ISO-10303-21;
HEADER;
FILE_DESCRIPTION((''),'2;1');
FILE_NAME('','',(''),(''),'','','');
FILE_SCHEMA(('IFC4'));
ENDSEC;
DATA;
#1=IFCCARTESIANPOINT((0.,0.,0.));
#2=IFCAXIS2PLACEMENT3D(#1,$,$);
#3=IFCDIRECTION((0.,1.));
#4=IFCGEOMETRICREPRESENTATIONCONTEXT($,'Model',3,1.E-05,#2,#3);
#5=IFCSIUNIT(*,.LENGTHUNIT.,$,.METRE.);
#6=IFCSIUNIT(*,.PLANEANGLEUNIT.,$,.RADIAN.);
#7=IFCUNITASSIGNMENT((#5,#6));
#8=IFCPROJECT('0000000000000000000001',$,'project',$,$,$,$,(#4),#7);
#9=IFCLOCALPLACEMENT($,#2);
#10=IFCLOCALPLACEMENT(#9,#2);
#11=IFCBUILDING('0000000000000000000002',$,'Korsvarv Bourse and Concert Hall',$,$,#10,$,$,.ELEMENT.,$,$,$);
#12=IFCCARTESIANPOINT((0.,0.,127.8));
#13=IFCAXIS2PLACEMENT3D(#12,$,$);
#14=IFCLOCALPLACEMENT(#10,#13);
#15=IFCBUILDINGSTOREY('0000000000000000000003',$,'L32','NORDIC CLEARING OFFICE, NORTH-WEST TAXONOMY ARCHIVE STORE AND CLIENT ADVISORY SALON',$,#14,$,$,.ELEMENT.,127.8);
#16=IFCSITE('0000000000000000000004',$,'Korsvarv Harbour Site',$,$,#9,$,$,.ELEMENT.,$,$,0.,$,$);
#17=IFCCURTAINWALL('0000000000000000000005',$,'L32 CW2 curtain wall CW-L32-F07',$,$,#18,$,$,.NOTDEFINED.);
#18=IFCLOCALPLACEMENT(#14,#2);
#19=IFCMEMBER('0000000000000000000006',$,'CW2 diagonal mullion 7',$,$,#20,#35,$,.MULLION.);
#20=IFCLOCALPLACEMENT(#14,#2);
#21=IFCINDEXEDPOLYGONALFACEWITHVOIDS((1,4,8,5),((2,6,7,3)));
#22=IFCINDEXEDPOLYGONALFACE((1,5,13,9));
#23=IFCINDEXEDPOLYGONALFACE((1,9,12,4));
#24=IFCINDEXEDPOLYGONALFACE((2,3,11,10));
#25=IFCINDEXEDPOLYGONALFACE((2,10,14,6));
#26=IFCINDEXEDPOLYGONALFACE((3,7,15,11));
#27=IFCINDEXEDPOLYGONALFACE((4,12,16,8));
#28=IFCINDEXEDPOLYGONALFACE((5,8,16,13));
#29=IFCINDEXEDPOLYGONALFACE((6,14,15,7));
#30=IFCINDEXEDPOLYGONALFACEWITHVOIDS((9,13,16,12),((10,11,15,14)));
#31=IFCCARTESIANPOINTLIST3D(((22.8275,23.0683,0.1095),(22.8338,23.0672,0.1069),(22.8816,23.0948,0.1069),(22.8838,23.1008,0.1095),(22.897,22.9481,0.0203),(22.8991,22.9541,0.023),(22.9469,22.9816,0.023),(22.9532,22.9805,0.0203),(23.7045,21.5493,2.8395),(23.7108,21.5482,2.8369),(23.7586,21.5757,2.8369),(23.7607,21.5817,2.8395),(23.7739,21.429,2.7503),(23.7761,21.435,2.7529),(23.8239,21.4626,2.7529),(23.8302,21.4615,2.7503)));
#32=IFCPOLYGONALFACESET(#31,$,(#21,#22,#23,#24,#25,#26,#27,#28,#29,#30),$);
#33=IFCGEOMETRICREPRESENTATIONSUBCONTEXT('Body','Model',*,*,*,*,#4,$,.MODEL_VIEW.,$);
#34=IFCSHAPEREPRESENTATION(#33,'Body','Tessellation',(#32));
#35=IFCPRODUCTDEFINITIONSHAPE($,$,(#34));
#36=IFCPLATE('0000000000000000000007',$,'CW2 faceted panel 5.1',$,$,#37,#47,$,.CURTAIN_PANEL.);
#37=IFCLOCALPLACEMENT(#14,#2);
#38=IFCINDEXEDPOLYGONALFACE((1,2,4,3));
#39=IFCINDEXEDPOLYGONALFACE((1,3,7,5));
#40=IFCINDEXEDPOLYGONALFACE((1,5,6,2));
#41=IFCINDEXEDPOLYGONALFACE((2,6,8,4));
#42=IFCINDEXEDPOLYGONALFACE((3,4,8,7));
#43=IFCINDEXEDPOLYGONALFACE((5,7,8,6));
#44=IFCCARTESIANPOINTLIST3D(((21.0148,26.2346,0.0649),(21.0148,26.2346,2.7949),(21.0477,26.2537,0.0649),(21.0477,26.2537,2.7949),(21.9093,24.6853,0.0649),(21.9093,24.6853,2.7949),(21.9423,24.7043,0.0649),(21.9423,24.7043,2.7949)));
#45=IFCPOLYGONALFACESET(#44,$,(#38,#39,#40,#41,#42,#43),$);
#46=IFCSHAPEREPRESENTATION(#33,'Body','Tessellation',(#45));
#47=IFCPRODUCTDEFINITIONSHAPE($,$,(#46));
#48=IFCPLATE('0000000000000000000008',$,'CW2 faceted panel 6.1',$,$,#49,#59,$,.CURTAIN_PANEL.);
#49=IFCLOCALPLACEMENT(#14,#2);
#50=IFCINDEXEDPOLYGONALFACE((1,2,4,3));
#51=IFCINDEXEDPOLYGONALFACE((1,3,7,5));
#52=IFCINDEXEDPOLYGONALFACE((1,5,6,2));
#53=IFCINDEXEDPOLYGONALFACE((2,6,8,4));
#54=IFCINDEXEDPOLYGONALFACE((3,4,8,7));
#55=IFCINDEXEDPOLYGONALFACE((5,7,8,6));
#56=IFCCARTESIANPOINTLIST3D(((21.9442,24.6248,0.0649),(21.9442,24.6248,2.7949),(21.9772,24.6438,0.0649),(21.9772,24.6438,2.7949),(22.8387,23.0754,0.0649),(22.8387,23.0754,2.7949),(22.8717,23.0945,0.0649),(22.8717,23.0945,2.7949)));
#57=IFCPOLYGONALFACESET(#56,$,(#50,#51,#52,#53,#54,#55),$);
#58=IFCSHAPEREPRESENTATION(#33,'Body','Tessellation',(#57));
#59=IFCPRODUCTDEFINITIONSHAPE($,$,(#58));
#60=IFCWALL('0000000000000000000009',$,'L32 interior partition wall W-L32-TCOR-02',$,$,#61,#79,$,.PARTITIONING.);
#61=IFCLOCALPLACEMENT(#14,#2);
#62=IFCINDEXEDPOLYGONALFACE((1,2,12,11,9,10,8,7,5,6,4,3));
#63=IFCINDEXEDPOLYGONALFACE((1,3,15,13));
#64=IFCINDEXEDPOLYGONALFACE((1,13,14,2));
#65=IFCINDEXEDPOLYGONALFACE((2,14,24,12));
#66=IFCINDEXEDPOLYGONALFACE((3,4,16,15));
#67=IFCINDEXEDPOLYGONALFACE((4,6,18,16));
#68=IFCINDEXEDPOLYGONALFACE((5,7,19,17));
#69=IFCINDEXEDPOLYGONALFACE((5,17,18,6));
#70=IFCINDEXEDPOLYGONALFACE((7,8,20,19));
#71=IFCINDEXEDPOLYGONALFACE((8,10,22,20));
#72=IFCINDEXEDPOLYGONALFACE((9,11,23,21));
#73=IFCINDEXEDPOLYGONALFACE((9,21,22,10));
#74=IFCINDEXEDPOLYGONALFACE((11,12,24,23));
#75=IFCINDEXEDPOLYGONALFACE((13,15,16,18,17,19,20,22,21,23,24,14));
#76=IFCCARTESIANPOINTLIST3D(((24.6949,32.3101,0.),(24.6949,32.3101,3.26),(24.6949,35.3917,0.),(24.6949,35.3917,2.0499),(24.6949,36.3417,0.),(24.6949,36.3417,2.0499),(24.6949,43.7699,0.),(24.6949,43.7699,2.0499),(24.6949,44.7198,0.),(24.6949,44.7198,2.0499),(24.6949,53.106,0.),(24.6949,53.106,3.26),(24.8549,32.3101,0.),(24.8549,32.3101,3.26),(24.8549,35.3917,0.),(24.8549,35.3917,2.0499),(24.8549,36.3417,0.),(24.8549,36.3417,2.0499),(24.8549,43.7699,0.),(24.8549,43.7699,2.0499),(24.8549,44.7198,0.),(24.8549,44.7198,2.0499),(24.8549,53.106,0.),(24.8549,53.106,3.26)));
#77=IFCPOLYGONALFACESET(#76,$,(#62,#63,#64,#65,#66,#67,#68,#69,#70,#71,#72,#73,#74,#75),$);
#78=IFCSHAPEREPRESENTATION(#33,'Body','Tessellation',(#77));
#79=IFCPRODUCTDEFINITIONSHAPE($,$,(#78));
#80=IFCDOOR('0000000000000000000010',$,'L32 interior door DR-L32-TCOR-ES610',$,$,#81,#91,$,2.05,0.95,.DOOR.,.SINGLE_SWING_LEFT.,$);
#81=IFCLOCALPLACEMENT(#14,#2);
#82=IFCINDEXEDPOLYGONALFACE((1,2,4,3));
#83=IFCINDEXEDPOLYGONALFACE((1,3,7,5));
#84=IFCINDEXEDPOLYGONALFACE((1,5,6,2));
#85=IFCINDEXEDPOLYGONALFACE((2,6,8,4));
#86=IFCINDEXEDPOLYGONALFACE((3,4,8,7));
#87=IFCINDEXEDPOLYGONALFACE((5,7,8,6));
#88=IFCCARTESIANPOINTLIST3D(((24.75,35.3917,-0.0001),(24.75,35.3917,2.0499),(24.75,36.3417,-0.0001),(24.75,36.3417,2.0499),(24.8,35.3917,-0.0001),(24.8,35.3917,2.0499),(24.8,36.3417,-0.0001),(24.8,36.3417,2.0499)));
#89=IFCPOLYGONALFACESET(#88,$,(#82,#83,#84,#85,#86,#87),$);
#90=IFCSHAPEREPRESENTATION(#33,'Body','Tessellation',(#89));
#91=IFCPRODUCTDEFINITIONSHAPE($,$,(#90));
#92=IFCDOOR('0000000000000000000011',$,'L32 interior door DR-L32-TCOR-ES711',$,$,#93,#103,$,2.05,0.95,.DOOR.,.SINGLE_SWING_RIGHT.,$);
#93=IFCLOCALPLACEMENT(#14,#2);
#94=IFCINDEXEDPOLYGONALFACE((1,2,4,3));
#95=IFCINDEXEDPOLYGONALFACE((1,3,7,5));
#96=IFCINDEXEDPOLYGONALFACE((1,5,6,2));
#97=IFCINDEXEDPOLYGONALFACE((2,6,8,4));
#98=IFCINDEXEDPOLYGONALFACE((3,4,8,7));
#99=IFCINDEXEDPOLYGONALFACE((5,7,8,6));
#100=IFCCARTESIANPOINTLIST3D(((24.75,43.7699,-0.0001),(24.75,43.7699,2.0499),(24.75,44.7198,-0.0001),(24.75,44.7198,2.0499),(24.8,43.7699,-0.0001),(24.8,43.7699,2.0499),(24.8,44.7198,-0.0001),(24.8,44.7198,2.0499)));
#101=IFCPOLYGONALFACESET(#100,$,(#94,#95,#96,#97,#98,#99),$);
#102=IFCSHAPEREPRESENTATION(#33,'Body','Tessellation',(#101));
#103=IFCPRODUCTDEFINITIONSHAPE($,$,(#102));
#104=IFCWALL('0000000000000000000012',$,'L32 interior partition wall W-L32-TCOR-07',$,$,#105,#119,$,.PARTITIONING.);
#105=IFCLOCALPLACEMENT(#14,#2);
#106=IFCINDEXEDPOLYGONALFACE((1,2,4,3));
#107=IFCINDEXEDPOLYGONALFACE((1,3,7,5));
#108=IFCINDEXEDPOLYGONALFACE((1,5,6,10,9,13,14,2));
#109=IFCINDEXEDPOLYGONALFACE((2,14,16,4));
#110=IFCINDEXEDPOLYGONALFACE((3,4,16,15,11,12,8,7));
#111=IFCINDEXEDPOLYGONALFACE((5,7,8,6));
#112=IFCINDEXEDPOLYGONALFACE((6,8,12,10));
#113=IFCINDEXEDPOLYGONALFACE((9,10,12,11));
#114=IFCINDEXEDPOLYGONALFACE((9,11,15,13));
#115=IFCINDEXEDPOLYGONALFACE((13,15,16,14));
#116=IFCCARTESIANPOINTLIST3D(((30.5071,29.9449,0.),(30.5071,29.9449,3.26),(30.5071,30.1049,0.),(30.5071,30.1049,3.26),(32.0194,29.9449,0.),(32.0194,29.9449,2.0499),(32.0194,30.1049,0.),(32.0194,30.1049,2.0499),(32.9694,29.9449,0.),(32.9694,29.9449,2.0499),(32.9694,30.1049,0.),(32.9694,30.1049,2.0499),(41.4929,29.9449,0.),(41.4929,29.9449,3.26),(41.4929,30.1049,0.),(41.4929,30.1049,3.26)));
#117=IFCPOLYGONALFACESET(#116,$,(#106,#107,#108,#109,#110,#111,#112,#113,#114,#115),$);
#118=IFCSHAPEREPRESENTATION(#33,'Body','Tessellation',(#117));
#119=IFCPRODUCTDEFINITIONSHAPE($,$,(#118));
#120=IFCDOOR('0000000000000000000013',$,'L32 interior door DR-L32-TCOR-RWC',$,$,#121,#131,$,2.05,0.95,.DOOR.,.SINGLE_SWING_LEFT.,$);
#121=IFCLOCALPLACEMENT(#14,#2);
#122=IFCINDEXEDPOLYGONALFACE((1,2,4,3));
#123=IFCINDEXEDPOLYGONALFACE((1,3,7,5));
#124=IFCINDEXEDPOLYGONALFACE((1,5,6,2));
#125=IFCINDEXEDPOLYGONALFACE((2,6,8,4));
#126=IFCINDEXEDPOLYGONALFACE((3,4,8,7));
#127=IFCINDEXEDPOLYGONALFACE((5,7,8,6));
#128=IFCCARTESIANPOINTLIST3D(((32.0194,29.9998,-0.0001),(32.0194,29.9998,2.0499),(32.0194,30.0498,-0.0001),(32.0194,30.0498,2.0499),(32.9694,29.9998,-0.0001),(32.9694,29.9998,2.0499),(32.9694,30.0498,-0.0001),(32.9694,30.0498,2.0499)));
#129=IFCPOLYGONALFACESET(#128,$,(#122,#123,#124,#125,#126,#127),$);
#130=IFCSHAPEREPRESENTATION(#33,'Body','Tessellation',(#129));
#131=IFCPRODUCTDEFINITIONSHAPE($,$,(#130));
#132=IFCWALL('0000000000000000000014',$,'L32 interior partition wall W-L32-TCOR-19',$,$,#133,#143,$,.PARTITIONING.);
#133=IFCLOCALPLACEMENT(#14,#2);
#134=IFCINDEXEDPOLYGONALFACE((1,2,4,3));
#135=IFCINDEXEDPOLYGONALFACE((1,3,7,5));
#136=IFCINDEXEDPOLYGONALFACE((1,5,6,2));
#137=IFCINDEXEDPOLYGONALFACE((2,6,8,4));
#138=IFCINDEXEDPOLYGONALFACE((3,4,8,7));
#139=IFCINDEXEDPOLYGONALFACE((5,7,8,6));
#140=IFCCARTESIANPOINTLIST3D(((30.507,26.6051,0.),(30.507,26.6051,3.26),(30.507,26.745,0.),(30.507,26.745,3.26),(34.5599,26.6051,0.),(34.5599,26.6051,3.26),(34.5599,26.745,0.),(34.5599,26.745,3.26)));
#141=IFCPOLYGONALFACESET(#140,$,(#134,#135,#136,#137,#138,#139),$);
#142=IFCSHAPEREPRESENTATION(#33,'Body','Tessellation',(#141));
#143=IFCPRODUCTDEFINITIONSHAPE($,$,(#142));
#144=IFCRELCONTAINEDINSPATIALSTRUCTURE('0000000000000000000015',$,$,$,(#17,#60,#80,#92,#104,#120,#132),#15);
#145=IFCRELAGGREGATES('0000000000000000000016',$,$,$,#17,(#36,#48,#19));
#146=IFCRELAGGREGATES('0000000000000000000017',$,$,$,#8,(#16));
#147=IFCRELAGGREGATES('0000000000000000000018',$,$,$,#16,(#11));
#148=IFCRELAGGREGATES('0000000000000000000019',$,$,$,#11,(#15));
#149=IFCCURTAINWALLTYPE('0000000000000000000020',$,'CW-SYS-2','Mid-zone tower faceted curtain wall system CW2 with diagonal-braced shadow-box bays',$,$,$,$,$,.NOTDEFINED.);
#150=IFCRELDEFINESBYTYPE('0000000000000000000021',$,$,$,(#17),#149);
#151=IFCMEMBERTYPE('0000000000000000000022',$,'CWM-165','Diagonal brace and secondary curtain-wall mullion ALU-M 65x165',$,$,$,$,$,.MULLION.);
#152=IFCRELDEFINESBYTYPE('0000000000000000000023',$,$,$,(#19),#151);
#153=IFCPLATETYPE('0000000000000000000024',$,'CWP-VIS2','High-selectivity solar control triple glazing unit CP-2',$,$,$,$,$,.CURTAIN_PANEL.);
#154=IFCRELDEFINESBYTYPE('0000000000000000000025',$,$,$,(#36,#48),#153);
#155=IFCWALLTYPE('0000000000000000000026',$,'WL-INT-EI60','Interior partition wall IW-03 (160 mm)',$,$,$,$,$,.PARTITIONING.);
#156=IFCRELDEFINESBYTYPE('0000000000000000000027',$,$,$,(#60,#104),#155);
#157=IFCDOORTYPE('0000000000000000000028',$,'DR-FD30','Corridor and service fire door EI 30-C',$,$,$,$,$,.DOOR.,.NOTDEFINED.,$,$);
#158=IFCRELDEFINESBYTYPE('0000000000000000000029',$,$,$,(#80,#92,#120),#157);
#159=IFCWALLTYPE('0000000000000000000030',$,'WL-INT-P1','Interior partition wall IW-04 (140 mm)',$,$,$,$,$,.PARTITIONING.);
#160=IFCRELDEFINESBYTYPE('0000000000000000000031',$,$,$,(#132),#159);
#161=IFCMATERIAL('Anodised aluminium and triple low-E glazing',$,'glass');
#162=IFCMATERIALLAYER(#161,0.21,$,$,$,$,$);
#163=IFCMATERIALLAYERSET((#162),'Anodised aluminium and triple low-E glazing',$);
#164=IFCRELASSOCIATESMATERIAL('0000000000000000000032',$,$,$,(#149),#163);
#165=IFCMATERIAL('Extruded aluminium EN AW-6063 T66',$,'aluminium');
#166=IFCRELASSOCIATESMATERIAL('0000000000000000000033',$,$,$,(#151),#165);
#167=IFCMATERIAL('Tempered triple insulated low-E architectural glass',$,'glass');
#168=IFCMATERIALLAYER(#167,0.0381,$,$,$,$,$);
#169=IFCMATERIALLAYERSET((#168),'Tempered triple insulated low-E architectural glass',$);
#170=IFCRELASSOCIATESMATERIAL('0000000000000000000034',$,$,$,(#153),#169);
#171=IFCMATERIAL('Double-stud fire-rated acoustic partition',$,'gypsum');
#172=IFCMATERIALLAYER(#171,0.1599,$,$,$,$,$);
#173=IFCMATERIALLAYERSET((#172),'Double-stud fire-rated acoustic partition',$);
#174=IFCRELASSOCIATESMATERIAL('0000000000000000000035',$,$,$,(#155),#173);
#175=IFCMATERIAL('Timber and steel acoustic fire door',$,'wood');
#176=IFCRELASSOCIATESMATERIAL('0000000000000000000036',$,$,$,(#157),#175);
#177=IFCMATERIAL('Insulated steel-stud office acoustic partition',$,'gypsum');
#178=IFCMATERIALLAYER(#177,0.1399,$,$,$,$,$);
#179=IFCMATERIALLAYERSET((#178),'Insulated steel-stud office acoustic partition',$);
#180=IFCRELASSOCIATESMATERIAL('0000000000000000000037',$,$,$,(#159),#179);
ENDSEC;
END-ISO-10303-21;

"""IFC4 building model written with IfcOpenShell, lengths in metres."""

from ifc_helpers import new_model, si_unit, direction, frame, frame_2d, origin, origin_2d, place, context, subcontext, project, spatial, rectangle, hollow_rectangle, extrude, source, transform, mapped, material, layer, layer_set, material_profile, profile_set, type_object, element, fill, aggregate, save


model = new_model("IFC4")

# Units and contexts
model_context = context("Model", 3, precision=1e-05, world=origin(), true_north=direction((0.0, 1.0)))
body_context = subcontext(model_context, "Body", "Model", "MODEL_VIEW")
ifc_project = project(units=[si_unit("LENGTHUNIT", "METRE"), si_unit("PLANEANGLEUNIT", "RADIAN")], contexts=[model_context])

# Site, building, storey
site_placement = place(None, origin())
site = spatial("IfcSite", under=ifc_project, at=site_placement, Name="Korsvarv Harbour Site", CompositionType="ELEMENT", RefElevation=0.0)
building_placement = place(site_placement, origin())
building = spatial("IfcBuilding", under=site, at=building_placement, Name="Korsvarv Bourse and Concert Hall", CompositionType="ELEMENT")
storey_placement = place(building_placement, frame((0.0, 0.0, 127.8)))
storey = spatial("IfcBuildingStorey", under=building, at=storey_placement, Name="L32", Description="NORDIC CLEARING OFFICE, NORTH-WEST TAXONOMY ARCHIVE STORE AND CLIENT ADVISORY SALON", CompositionType="ELEMENT", Elevation=127.8)

# Curtain wall, member, plates
ifc_material_1 = material(Name="Anodised aluminium and triple low-E glazing", Category="glass")
ifc_layer_1 = layer(ifc_material_1, 0.21)
ifc_layer_set_1 = layer_set([ifc_layer_1], Name="Anodised aluminium and triple low-E glazing")
curtain_wall_type = type_object("IfcCurtainWallType", Name="CW-SYS-2", Description="Mid-zone tower faceted curtain wall system CW2 with diagonal-braced shadow-box bays", PredefinedType="NOTDEFINED", material=ifc_layer_set_1)
curtain_wall_placement = place(storey_placement, origin())
curtain_wall = element("IfcCurtainWall", 1, at=curtain_wall_placement, inside=storey, type_object=curtain_wall_type, Name="L32 CW2 curtain wall CW-L32-F07", PredefinedType="NOTDEFINED")
ifc_material_2 = material(Name="Extruded aluminium EN AW-6063 T66", Category="aluminium")
ifc_material_profile_1 = material_profile(ifc_material_2, hollow_rectangle(XDim=0.0649, YDim=0.165, WallThickness=0.0049, at=origin_2d()), Name="ALU-M 65x165")
ifc_profile_set_1 = profile_set([ifc_material_profile_1], Name="Extruded aluminium EN AW-6063 T66")
member_type_1 = type_object("IfcMemberType", Name="CWM-165", Description="Diagonal brace and secondary curtain-wall mullion ALU-M 65x165", PredefinedType="MULLION", material=ifc_profile_set_1)
shared_shape_1 = source(origin(), body_context, "Body", "SweptSolid", [
    extrude(hollow_rectangle(XDim=0.0649, YDim=0.165, WallThickness=0.0049, at=origin_2d()), origin(), (0.0, 0.0, 1.0), 3.2449),
])
member_1_placement = place(storey_placement, frame((22.8904, 23.0244, 0.0649), z_axis=(0.270256, -0.468133, 0.841316), x_axis=(0.866042, 0.499971, 0.0)))
member_1 = element("IfcMember", 2, at=member_1_placement, type_object=member_type_1, Name="CW2 diagonal mullion 7", PredefinedType="MULLION", context=body_context, shape_type="MappedRepresentation", body=[
    mapped(shared_shape_1, transform((0.0, 0.0, 0.0), scale=1.0)),
])
ifc_material_3 = material(Name="Tempered triple insulated low-E architectural glass", Category="glass")
ifc_layer_2 = layer(ifc_material_3, 0.0381)
ifc_layer_set_2 = layer_set([ifc_layer_2], Name="Tempered triple insulated low-E architectural glass")
plate_type = type_object("IfcPlateType", Name="CWP-VIS2", Description="High-selectivity solar control triple glazing unit CP-2", PredefinedType="CURTAIN_PANEL", material=ifc_layer_set_2)
shared_shape_2 = source(origin(), body_context, "Body", "SweptSolid", [
    extrude(rectangle(XDim=1.7891, YDim=0.0381, at=origin_2d()), origin(), (0.0, 0.0, 1.0), 2.73),
])
plate_1_placement = place(storey_placement, frame((21.4785, 25.4695, 0.0649), z_axis=(0.0, 0.0, 1.0), x_axis=(0.500007, -0.866021, 0.0)))
plate_1 = element("IfcPlate", 3, at=plate_1_placement, type_object=plate_type, Name="CW2 faceted panel 5.1", PredefinedType="CURTAIN_PANEL", context=body_context, shape_type="MappedRepresentation", body=[
    mapped(shared_shape_2, transform((0.0, 0.0, 0.0), scale=1.0)),
])
plate_2_placement = place(storey_placement, frame((22.408, 23.8596, 0.0649), z_axis=(0.0, 0.0, 1.0), x_axis=(0.500007, -0.866021, 0.0)))
plate_2 = element("IfcPlate", 4, at=plate_2_placement, type_object=plate_type, Name="CW2 faceted panel 6.1", PredefinedType="CURTAIN_PANEL", context=body_context, shape_type="MappedRepresentation", body=[
    mapped(shared_shape_2, transform((0.0, 0.0, 0.0), scale=1.0)),
])
aggregate(curtain_wall, [plate_1, plate_2, member_1])

# Wall, openings, doors
ifc_material_4 = material(Name="Double-stud fire-rated acoustic partition", Category="gypsum")
ifc_layer_3 = layer(ifc_material_4, 0.1599)
ifc_layer_set_3 = layer_set([ifc_layer_3], Name="Double-stud fire-rated acoustic partition")
wall_type_1 = type_object("IfcWallType", Name="WL-INT-EI60", Description="Interior partition wall IW-03 (160 mm)", PredefinedType="PARTITIONING", material=ifc_layer_set_3)
wall_1_placement = place(storey_placement, frame((24.7749, 32.3101, 0.0), z_axis=(0.0, 0.0, 1.0), x_axis=(0.0, 1.0, 0.0)))
wall_1 = element("IfcWall", 5, at=wall_1_placement, inside=storey, type_object=wall_type_1, Name="L32 interior partition wall W-L32-TCOR-02", PredefinedType="PARTITIONING", context=body_context, shape_type="SweptSolid", body=[
    extrude(rectangle(XDim=20.7959, YDim=0.1599, at=frame_2d((10.3979, 0.0))), origin(), (0.0, 0.0, 1.0), 3.26),
])
opening_1_placement = place(wall_1_placement, frame((3.0815, 0.0, 0.0)))
opening_1 = element("IfcOpeningElement", 6, at=opening_1_placement, cuts=wall_1, PredefinedType="OPENING", context=body_context, shape_type="SweptSolid", body=[
    extrude(rectangle(XDim=0.95, YDim=2.05, at=frame_2d((0.4751, 1.0249))), frame((0.0, 0.0898, 0.0), z_axis=(0.0, -1.0, 0.0), x_axis=(1.0, 0.0, 0.0)), (0.0, 0.0, 1.0), 0.1799),
])
opening_2_placement = place(wall_1_placement, frame((11.4597, 0.0, 0.0)))
opening_2 = element("IfcOpeningElement", 7, at=opening_2_placement, cuts=wall_1, PredefinedType="OPENING", context=body_context, shape_type="SweptSolid", body=[
    extrude(rectangle(XDim=0.95, YDim=2.05, at=frame_2d((0.4751, 1.0249))), frame((0.0, 0.0898, 0.0), z_axis=(0.0, -1.0, 0.0), x_axis=(1.0, 0.0, 0.0)), (0.0, 0.0, 1.0), 0.1799),
])
ifc_material_5 = material(Name="Timber and steel acoustic fire door", Category="wood")
door_type = type_object("IfcDoorType", Name="DR-FD30", Description="Corridor and service fire door EI 30-C", OperationType="NOTDEFINED", PredefinedType="DOOR", material=ifc_material_5)
door_1_placement = place(opening_1_placement, origin())
door_1 = element("IfcDoor", 8, at=door_1_placement, inside=storey, type_object=door_type, Name="L32 interior door DR-L32-TCOR-ES610", OperationType="SINGLE_SWING_LEFT", OverallHeight=2.05, OverallWidth=0.95, PredefinedType="DOOR", context=body_context, shape_type="SweptSolid", body=[
    extrude(rectangle(XDim=0.95, YDim=2.05, at=frame_2d((0.4751, 1.0249))), frame((0.0, 0.0249, 0.0), z_axis=(0.0, -1.0, 0.0), x_axis=(1.0, 0.0, 0.0)), (0.0, 0.0, 1.0), 0.05),
])
fill(opening_1, door_1)
door_2_placement = place(opening_2_placement, origin())
door_2 = element("IfcDoor", 9, at=door_2_placement, inside=storey, type_object=door_type, Name="L32 interior door DR-L32-TCOR-ES711", OperationType="SINGLE_SWING_RIGHT", OverallHeight=2.05, OverallWidth=0.95, PredefinedType="DOOR", context=body_context, shape_type="SweptSolid", body=[
    extrude(rectangle(XDim=0.95, YDim=2.05, at=frame_2d((0.4751, 1.0249))), frame((0.0, 0.0249, 0.0), z_axis=(0.0, -1.0, 0.0), x_axis=(1.0, 0.0, 0.0)), (0.0, 0.0, 1.0), 0.05),
])
fill(opening_2, door_2)

# Wall, opening, door
wall_2_placement = place(storey_placement, frame((30.5071, 30.0249, 0.0), z_axis=(0.0, 0.0, 1.0), x_axis=(1.0, 0.0, 0.0)))
wall_2 = element("IfcWall", 10, at=wall_2_placement, inside=storey, type_object=wall_type_1, Name="L32 interior partition wall W-L32-TCOR-07", PredefinedType="PARTITIONING", context=body_context, shape_type="SweptSolid", body=[
    extrude(rectangle(XDim=10.9858, YDim=0.1599, at=frame_2d((5.4929, 0.0))), origin(), (0.0, 0.0, 1.0), 3.26),
])
opening_3_placement = place(wall_2_placement, frame((1.5122, 0.0, 0.0)))
opening_3 = element("IfcOpeningElement", 11, at=opening_3_placement, cuts=wall_2, PredefinedType="OPENING", context=body_context, shape_type="SweptSolid", body=[
    extrude(rectangle(XDim=0.95, YDim=2.05, at=frame_2d((0.4751, 1.0249))), frame((0.0, 0.0898, 0.0), z_axis=(0.0, -1.0, 0.0), x_axis=(1.0, 0.0, 0.0)), (0.0, 0.0, 1.0), 0.1799),
])
door_3_placement = place(opening_3_placement, origin())
door_3 = element("IfcDoor", 12, at=door_3_placement, inside=storey, type_object=door_type, Name="L32 interior door DR-L32-TCOR-RWC", OperationType="SINGLE_SWING_LEFT", OverallHeight=2.05, OverallWidth=0.95, PredefinedType="DOOR", context=body_context, shape_type="SweptSolid", body=[
    extrude(rectangle(XDim=0.95, YDim=2.05, at=frame_2d((0.4751, 1.0249))), frame((0.0, 0.0249, 0.0), z_axis=(0.0, -1.0, 0.0), x_axis=(1.0, 0.0, 0.0)), (0.0, 0.0, 1.0), 0.05),
])
fill(opening_3, door_3)

# Wall
ifc_material_6 = material(Name="Insulated steel-stud office acoustic partition", Category="gypsum")
ifc_layer_4 = layer(ifc_material_6, 0.1399)
ifc_layer_set_4 = layer_set([ifc_layer_4], Name="Insulated steel-stud office acoustic partition")
wall_type_2 = type_object("IfcWallType", Name="WL-INT-P1", Description="Interior partition wall IW-04 (140 mm)", PredefinedType="PARTITIONING", material=ifc_layer_set_4)
wall_3_placement = place(storey_placement, frame((30.5071, 26.675, 0.0), z_axis=(0.0, 0.0, 1.0), x_axis=(1.0, 0.0, 0.0)))
element("IfcWall", 13, at=wall_3_placement, inside=storey, type_object=wall_type_2, Name="L32 interior partition wall W-L32-TCOR-19", PredefinedType="PARTITIONING", context=body_context, shape_type="SweptSolid", body=[
    extrude(rectangle(XDim=4.053, YDim=0.1399, at=frame_2d((2.0264, 0.0))), origin(), (0.0, 0.0, 1.0), 3.26),
])

save(model, "model.ifc")
